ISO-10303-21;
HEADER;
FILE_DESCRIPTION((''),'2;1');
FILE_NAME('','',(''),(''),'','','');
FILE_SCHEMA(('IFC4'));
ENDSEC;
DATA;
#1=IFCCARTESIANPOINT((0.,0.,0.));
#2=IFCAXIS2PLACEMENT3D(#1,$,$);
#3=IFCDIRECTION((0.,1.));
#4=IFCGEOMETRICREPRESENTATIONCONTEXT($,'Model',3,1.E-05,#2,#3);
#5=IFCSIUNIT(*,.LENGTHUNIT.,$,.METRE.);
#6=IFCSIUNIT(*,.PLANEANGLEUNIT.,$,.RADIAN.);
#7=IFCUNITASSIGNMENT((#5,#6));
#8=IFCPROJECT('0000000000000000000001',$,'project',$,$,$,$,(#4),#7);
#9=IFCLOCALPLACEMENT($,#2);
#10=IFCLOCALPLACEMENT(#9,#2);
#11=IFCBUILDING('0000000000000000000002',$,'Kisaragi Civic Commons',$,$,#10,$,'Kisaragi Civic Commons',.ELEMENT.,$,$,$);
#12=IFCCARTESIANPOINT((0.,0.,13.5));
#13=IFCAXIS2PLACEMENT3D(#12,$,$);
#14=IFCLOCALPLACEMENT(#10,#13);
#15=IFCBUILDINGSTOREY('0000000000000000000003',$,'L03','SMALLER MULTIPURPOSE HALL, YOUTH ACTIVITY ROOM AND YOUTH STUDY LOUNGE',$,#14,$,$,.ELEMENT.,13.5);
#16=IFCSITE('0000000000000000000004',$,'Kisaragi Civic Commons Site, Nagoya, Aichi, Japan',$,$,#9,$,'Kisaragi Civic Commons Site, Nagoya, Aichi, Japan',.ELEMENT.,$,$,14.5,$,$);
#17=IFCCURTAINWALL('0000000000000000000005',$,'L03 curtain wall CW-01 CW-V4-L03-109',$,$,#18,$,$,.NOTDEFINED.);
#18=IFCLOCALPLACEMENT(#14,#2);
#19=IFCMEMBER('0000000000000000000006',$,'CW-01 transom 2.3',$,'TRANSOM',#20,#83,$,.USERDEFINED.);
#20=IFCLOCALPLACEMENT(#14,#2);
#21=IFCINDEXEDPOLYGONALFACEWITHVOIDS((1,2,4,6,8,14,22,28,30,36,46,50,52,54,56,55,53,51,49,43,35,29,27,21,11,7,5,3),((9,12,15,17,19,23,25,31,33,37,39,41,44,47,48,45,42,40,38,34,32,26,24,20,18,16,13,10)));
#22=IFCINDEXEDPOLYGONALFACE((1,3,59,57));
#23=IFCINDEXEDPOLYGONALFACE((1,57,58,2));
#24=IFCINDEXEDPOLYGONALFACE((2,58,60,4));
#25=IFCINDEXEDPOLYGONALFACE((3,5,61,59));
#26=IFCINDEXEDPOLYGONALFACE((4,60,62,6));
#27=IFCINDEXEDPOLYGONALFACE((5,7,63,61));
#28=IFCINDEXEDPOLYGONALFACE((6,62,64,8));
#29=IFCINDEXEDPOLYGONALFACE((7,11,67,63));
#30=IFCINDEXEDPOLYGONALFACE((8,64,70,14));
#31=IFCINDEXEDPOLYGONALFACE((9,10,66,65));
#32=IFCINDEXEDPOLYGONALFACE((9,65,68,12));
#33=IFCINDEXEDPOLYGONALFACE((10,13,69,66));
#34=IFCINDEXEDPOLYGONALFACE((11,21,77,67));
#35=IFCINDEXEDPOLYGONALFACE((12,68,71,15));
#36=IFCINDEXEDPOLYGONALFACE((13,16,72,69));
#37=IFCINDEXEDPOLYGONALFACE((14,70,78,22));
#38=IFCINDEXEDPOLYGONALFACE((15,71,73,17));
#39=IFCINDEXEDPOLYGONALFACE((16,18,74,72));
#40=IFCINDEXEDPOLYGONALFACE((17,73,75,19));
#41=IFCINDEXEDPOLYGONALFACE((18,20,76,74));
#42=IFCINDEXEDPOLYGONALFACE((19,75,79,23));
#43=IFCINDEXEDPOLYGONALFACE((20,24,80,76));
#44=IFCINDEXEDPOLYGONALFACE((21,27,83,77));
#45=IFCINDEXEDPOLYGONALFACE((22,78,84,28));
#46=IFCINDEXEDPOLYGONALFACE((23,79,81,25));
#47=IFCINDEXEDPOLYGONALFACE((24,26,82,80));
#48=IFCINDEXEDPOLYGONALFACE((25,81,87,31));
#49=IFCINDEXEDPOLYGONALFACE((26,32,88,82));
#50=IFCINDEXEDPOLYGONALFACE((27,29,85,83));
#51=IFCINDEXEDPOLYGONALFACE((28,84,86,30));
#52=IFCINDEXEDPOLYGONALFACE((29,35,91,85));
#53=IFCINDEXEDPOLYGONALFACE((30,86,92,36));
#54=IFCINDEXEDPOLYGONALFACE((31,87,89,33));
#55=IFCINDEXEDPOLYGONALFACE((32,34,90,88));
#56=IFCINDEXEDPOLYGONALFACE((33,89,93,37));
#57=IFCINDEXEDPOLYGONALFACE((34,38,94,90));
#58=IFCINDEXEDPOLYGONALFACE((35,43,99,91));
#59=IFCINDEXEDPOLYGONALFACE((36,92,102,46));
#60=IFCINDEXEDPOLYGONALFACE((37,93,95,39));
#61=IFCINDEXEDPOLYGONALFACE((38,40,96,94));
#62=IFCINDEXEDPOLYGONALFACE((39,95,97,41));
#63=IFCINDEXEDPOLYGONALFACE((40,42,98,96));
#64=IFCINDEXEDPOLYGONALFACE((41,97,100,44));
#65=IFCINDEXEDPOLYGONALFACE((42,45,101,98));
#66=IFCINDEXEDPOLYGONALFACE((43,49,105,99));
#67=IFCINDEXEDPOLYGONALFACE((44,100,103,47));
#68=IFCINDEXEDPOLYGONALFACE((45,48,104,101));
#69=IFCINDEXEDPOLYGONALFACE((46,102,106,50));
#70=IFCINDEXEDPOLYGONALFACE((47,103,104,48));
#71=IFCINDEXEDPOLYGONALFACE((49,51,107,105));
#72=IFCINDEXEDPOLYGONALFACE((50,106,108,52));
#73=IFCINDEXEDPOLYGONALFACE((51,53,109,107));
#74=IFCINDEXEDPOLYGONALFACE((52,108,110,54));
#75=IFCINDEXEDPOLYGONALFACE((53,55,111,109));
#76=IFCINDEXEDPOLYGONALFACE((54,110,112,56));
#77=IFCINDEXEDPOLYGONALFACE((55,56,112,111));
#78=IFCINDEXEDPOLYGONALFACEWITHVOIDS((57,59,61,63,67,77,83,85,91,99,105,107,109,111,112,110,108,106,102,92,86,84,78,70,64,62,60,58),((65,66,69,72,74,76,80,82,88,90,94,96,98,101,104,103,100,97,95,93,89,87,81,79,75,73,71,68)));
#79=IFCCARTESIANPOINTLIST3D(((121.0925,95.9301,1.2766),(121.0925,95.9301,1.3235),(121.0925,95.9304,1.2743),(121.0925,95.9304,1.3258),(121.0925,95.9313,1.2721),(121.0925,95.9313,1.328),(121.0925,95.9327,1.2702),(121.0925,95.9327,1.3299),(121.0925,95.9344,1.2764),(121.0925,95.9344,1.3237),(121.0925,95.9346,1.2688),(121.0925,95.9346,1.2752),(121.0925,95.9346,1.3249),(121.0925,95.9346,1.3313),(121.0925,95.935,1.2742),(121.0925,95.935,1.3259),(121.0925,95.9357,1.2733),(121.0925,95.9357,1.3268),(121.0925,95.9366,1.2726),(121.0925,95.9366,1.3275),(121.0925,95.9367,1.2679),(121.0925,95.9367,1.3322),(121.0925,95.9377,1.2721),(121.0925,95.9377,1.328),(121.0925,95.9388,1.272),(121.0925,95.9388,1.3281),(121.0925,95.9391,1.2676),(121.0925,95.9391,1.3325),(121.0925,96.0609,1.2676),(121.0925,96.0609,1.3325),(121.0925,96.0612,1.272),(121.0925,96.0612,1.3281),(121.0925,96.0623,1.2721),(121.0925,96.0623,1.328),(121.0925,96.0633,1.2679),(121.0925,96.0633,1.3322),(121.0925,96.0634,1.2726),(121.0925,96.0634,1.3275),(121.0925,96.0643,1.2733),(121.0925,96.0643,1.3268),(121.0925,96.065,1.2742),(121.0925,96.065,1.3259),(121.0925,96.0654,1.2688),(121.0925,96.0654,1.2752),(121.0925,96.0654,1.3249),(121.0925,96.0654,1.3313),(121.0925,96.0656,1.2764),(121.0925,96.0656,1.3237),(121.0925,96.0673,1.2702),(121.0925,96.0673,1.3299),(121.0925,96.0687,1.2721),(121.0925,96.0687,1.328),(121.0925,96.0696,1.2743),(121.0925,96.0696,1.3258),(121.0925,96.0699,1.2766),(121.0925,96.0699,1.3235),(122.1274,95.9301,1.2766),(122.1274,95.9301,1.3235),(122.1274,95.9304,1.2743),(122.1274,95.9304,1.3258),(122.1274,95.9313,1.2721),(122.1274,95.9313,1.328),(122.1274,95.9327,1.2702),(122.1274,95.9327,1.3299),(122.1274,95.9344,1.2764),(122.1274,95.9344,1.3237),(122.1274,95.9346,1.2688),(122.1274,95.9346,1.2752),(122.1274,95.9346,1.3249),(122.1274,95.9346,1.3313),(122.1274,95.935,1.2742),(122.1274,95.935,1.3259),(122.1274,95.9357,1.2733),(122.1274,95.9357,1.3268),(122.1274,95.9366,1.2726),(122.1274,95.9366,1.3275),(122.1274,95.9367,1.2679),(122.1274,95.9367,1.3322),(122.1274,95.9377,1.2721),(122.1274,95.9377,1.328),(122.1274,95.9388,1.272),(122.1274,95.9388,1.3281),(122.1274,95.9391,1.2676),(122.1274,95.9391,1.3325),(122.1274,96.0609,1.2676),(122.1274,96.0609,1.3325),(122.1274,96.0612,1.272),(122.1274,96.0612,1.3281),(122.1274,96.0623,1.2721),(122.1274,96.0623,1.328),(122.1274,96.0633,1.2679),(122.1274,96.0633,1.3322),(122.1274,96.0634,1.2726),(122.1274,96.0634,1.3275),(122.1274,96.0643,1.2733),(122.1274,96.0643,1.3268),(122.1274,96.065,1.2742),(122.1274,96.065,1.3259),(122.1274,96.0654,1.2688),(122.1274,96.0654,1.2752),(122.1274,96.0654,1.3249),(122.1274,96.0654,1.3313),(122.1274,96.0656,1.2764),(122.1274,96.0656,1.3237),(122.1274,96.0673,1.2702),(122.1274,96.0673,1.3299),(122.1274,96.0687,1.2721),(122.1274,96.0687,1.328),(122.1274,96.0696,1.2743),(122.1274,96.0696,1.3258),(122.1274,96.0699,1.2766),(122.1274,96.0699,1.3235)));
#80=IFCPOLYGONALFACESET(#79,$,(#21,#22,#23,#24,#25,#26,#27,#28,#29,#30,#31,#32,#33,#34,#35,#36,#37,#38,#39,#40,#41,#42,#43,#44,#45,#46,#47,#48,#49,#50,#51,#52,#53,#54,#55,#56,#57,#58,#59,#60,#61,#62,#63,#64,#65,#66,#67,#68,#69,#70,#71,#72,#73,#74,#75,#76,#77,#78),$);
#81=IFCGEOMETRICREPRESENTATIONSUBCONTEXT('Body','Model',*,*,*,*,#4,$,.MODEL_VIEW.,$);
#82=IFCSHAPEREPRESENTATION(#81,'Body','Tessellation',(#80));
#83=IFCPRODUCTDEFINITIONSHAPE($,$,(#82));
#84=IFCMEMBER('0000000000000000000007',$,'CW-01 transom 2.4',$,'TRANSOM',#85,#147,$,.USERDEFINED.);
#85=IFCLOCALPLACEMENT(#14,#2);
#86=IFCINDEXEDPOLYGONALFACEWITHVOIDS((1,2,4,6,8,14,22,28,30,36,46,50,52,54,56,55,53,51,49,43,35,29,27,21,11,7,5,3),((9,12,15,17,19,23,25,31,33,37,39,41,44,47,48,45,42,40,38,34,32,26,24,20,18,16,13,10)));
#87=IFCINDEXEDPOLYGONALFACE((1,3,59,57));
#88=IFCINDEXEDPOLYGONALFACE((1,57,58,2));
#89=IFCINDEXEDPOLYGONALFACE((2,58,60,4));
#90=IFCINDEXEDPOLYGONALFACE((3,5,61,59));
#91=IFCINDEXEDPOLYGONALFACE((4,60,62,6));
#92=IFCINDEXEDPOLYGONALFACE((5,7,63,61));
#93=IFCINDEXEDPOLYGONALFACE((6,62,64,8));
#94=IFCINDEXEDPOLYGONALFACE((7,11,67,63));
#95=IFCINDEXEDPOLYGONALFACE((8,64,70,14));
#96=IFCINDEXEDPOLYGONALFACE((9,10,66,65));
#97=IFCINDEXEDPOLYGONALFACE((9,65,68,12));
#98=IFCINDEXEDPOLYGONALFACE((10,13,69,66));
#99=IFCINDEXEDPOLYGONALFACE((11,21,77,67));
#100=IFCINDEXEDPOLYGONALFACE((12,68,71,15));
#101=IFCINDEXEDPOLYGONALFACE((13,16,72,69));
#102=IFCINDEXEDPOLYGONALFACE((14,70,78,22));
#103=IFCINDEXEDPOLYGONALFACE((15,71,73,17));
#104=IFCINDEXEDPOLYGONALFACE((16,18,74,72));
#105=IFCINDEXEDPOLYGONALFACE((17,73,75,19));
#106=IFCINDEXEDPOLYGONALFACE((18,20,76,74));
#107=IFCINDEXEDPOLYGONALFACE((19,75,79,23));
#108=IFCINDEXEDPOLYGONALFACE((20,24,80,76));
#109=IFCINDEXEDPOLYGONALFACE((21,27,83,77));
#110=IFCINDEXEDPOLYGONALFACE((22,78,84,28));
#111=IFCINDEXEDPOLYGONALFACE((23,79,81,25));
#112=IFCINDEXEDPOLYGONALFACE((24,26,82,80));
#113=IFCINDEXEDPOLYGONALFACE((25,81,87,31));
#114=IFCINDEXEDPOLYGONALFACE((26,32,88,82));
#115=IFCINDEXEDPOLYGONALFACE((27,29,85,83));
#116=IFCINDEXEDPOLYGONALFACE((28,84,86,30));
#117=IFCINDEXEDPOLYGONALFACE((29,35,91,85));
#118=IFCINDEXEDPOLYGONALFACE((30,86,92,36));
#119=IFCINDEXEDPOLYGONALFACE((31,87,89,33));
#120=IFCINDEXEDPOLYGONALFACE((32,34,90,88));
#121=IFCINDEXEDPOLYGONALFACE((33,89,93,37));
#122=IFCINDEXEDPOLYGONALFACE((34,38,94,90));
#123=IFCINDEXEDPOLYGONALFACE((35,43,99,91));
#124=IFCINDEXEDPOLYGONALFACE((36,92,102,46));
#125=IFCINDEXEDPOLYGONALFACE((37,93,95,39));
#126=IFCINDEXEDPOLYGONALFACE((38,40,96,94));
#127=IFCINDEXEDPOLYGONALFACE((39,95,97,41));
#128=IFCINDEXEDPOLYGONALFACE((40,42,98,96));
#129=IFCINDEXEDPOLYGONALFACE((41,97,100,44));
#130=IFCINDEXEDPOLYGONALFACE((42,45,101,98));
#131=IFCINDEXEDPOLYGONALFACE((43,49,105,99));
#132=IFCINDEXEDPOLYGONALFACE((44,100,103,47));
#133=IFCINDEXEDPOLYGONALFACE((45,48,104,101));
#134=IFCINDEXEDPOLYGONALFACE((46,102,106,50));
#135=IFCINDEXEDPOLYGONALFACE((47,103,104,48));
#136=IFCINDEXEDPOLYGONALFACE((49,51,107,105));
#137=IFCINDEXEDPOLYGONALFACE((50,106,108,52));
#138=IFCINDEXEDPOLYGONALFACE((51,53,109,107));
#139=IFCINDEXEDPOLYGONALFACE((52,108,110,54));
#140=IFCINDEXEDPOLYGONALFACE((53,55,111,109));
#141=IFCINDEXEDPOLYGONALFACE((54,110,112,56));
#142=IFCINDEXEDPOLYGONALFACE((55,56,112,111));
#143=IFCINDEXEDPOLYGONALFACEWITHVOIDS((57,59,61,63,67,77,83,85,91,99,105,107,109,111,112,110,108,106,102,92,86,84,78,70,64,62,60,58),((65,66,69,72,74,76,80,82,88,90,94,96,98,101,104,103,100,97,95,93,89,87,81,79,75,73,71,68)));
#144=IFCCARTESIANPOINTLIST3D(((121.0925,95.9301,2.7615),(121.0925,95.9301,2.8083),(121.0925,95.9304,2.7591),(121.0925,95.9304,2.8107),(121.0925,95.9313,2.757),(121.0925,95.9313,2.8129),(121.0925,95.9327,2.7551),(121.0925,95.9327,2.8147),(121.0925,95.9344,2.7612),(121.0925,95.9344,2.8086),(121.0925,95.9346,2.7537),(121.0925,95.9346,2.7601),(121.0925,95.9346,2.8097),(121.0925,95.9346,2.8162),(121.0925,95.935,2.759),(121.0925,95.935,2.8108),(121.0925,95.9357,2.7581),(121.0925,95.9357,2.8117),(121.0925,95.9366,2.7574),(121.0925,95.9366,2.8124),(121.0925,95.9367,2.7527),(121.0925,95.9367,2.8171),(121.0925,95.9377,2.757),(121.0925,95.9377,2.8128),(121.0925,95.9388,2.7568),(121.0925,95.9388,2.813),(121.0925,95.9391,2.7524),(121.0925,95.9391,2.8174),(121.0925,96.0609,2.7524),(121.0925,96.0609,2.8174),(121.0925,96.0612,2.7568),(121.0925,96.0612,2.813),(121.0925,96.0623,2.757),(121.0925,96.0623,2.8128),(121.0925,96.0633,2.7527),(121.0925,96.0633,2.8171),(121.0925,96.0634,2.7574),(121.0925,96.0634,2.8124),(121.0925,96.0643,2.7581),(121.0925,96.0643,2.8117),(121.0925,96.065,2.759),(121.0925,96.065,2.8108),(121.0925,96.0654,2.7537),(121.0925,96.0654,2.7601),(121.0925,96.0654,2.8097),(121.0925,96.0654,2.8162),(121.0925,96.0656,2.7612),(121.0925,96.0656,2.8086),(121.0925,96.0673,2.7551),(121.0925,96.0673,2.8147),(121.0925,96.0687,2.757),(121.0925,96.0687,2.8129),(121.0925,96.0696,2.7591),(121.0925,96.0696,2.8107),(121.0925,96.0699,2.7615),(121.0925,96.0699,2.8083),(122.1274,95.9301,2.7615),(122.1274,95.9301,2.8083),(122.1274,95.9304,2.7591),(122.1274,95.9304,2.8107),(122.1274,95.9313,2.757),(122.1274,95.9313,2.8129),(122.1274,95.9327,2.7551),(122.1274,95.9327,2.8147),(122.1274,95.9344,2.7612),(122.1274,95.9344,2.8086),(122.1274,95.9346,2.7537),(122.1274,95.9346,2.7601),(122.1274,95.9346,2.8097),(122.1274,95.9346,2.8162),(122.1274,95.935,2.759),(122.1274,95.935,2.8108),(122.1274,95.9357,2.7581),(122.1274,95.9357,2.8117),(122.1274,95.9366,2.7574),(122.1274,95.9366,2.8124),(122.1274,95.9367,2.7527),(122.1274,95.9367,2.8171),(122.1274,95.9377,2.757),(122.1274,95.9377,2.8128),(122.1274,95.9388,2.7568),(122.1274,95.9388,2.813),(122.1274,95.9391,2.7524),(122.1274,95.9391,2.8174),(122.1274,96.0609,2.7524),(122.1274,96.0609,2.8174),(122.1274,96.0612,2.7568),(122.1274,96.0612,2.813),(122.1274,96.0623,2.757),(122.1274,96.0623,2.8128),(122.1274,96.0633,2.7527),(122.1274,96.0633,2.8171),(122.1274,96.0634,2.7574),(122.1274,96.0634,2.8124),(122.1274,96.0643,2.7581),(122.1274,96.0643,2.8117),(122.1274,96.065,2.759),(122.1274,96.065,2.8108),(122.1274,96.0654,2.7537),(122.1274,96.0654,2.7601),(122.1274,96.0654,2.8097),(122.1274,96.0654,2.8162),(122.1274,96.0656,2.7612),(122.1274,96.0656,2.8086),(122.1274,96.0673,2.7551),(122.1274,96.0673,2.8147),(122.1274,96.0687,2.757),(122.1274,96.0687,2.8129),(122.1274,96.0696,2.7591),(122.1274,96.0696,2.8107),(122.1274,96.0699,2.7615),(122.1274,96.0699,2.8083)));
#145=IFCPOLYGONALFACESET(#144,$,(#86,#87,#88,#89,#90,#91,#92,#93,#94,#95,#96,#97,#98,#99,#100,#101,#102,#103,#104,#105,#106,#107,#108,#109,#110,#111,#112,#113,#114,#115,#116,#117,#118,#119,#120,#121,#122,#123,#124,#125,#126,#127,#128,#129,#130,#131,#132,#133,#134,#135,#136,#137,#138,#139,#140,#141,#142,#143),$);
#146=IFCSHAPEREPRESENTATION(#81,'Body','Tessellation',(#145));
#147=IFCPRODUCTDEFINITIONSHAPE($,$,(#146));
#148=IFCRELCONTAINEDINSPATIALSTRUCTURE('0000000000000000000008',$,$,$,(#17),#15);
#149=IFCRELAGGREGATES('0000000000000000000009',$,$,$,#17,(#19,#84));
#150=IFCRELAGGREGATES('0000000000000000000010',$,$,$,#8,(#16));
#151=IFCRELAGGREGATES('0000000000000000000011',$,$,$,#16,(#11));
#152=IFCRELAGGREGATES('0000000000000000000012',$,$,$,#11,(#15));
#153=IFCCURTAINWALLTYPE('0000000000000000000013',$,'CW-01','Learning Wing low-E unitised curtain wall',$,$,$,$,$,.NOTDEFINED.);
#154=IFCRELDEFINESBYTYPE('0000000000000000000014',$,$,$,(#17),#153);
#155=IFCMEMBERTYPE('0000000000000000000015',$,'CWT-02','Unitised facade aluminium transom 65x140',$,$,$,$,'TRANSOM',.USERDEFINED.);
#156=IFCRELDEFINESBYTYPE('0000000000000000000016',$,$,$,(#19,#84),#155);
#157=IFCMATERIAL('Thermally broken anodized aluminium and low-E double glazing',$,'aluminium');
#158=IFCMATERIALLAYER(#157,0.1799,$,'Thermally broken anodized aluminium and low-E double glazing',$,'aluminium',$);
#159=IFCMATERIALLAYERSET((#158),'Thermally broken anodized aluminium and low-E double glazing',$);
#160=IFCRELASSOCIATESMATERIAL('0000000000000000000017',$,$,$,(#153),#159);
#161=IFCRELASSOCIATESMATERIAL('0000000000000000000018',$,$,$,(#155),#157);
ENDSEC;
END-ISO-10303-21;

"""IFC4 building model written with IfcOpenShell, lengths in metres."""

from ifc_helpers import new_model, si_unit, direction, frame, origin, origin_2d, place, context, subcontext, project, spatial, hollow_rectangle, extrude, material, layer, layer_set, material_profile, profile_set, type_object, element, aggregate, save


model = new_model("IFC4")

# Units and contexts
model_context = context("Model", 3, precision=1e-05, world=origin(), true_north=direction((0.0, 1.0)))
body_context = subcontext(model_context, "Body", "Model", "MODEL_VIEW")
ifc_project = project(units=[si_unit("LENGTHUNIT", "METRE"), si_unit("PLANEANGLEUNIT", "RADIAN")], contexts=[model_context])

# Site, building, storey
site_placement = place(None, origin())
site = spatial("IfcSite", under=ifc_project, at=site_placement, Name="Kisaragi Civic Commons Site, Nagoya, Aichi, Japan", LongName="Kisaragi Civic Commons Site, Nagoya, Aichi, Japan", CompositionType="ELEMENT", RefElevation=14.5)
building_placement = place(site_placement, origin())
building = spatial("IfcBuilding", under=site, at=building_placement, Name="Kisaragi Civic Commons", LongName="Kisaragi Civic Commons", CompositionType="ELEMENT")
storey_placement = place(building_placement, frame((0.0, 0.0, 13.5)))
storey = spatial("IfcBuildingStorey", under=building, at=storey_placement, Name="L03", Description="SMALLER MULTIPURPOSE HALL, YOUTH ACTIVITY ROOM AND YOUTH STUDY LOUNGE", CompositionType="ELEMENT", Elevation=13.5)

# Curtain wall, members
ifc_material_1 = material(Name="Thermally broken anodized aluminium and low-E double glazing", Category="aluminium")
ifc_layer_1 = layer(ifc_material_1, 0.1799, Name="Thermally broken anodized aluminium and low-E double glazing", Category="aluminium")
ifc_layer_set_1 = layer_set([ifc_layer_1], Name="Thermally broken anodized aluminium and low-E double glazing")
curtain_wall_type = type_object("IfcCurtainWallType", Name="CW-01", Description="Learning Wing low-E unitised curtain wall", PredefinedType="NOTDEFINED", material=ifc_layer_set_1)
curtain_wall_placement = place(storey_placement, origin())
curtain_wall = element("IfcCurtainWall", 1, at=curtain_wall_placement, inside=storey, type_object=curtain_wall_type, Name="L03 curtain wall CW-01 CW-V4-L03-109", PredefinedType="NOTDEFINED")
ifc_material_profile_1 = material_profile(ifc_material_1, hollow_rectangle(XDim=0.1399, YDim=0.0649, WallThickness=0.0044, InnerFilletRadius=0.0044, OuterFilletRadius=0.009, at=origin_2d()), Name="CWT-65x140x4.5", Category="aluminium")
ifc_profile_set_1 = profile_set([ifc_material_profile_1], Name="Thermally broken anodized aluminium and low-E double glazing")
member_type_1 = type_object("IfcMemberType", Name="CWT-02", Description="Unitised facade aluminium transom 65x140", ElementType="TRANSOM", PredefinedType="USERDEFINED", material=ifc_profile_set_1)
member_1_placement = place(storey_placement, frame((122.1274, 96.0, 1.3), z_axis=(-1.0, 0.0, 0.0), x_axis=(0.0, -1.0, 0.0)))
member_1 = element("IfcMember", 2, at=member_1_placement, type_object=member_type_1, Name="CW-01 transom 2.3", ObjectType="TRANSOM", PredefinedType="USERDEFINED", context=body_context, shape_type="SweptSolid", body=[
    extrude(hollow_rectangle(XDim=0.1399, YDim=0.0649, WallThickness=0.0044, InnerFilletRadius=0.0044, OuterFilletRadius=0.009, at=origin_2d()), origin(), (0.0, 0.0, 1.0), 1.0349),
])
member_2_placement = place(storey_placement, frame((122.1274, 96.0, 2.7849), z_axis=(-1.0, 0.0, 0.0), x_axis=(0.0, -1.0, 0.0)))
member_2 = element("IfcMember", 3, at=member_2_placement, type_object=member_type_1, Name="CW-01 transom 2.4", ObjectType="TRANSOM", PredefinedType="USERDEFINED", context=body_context, shape_type="SweptSolid", body=[
    extrude(hollow_rectangle(XDim=0.1399, YDim=0.0649, WallThickness=0.0044, InnerFilletRadius=0.0044, OuterFilletRadius=0.009, at=origin_2d()), origin(), (0.0, 0.0, 1.0), 1.0349),
])

aggregate(curtain_wall, [member_1, member_2])

save(model, "model.ifc")
